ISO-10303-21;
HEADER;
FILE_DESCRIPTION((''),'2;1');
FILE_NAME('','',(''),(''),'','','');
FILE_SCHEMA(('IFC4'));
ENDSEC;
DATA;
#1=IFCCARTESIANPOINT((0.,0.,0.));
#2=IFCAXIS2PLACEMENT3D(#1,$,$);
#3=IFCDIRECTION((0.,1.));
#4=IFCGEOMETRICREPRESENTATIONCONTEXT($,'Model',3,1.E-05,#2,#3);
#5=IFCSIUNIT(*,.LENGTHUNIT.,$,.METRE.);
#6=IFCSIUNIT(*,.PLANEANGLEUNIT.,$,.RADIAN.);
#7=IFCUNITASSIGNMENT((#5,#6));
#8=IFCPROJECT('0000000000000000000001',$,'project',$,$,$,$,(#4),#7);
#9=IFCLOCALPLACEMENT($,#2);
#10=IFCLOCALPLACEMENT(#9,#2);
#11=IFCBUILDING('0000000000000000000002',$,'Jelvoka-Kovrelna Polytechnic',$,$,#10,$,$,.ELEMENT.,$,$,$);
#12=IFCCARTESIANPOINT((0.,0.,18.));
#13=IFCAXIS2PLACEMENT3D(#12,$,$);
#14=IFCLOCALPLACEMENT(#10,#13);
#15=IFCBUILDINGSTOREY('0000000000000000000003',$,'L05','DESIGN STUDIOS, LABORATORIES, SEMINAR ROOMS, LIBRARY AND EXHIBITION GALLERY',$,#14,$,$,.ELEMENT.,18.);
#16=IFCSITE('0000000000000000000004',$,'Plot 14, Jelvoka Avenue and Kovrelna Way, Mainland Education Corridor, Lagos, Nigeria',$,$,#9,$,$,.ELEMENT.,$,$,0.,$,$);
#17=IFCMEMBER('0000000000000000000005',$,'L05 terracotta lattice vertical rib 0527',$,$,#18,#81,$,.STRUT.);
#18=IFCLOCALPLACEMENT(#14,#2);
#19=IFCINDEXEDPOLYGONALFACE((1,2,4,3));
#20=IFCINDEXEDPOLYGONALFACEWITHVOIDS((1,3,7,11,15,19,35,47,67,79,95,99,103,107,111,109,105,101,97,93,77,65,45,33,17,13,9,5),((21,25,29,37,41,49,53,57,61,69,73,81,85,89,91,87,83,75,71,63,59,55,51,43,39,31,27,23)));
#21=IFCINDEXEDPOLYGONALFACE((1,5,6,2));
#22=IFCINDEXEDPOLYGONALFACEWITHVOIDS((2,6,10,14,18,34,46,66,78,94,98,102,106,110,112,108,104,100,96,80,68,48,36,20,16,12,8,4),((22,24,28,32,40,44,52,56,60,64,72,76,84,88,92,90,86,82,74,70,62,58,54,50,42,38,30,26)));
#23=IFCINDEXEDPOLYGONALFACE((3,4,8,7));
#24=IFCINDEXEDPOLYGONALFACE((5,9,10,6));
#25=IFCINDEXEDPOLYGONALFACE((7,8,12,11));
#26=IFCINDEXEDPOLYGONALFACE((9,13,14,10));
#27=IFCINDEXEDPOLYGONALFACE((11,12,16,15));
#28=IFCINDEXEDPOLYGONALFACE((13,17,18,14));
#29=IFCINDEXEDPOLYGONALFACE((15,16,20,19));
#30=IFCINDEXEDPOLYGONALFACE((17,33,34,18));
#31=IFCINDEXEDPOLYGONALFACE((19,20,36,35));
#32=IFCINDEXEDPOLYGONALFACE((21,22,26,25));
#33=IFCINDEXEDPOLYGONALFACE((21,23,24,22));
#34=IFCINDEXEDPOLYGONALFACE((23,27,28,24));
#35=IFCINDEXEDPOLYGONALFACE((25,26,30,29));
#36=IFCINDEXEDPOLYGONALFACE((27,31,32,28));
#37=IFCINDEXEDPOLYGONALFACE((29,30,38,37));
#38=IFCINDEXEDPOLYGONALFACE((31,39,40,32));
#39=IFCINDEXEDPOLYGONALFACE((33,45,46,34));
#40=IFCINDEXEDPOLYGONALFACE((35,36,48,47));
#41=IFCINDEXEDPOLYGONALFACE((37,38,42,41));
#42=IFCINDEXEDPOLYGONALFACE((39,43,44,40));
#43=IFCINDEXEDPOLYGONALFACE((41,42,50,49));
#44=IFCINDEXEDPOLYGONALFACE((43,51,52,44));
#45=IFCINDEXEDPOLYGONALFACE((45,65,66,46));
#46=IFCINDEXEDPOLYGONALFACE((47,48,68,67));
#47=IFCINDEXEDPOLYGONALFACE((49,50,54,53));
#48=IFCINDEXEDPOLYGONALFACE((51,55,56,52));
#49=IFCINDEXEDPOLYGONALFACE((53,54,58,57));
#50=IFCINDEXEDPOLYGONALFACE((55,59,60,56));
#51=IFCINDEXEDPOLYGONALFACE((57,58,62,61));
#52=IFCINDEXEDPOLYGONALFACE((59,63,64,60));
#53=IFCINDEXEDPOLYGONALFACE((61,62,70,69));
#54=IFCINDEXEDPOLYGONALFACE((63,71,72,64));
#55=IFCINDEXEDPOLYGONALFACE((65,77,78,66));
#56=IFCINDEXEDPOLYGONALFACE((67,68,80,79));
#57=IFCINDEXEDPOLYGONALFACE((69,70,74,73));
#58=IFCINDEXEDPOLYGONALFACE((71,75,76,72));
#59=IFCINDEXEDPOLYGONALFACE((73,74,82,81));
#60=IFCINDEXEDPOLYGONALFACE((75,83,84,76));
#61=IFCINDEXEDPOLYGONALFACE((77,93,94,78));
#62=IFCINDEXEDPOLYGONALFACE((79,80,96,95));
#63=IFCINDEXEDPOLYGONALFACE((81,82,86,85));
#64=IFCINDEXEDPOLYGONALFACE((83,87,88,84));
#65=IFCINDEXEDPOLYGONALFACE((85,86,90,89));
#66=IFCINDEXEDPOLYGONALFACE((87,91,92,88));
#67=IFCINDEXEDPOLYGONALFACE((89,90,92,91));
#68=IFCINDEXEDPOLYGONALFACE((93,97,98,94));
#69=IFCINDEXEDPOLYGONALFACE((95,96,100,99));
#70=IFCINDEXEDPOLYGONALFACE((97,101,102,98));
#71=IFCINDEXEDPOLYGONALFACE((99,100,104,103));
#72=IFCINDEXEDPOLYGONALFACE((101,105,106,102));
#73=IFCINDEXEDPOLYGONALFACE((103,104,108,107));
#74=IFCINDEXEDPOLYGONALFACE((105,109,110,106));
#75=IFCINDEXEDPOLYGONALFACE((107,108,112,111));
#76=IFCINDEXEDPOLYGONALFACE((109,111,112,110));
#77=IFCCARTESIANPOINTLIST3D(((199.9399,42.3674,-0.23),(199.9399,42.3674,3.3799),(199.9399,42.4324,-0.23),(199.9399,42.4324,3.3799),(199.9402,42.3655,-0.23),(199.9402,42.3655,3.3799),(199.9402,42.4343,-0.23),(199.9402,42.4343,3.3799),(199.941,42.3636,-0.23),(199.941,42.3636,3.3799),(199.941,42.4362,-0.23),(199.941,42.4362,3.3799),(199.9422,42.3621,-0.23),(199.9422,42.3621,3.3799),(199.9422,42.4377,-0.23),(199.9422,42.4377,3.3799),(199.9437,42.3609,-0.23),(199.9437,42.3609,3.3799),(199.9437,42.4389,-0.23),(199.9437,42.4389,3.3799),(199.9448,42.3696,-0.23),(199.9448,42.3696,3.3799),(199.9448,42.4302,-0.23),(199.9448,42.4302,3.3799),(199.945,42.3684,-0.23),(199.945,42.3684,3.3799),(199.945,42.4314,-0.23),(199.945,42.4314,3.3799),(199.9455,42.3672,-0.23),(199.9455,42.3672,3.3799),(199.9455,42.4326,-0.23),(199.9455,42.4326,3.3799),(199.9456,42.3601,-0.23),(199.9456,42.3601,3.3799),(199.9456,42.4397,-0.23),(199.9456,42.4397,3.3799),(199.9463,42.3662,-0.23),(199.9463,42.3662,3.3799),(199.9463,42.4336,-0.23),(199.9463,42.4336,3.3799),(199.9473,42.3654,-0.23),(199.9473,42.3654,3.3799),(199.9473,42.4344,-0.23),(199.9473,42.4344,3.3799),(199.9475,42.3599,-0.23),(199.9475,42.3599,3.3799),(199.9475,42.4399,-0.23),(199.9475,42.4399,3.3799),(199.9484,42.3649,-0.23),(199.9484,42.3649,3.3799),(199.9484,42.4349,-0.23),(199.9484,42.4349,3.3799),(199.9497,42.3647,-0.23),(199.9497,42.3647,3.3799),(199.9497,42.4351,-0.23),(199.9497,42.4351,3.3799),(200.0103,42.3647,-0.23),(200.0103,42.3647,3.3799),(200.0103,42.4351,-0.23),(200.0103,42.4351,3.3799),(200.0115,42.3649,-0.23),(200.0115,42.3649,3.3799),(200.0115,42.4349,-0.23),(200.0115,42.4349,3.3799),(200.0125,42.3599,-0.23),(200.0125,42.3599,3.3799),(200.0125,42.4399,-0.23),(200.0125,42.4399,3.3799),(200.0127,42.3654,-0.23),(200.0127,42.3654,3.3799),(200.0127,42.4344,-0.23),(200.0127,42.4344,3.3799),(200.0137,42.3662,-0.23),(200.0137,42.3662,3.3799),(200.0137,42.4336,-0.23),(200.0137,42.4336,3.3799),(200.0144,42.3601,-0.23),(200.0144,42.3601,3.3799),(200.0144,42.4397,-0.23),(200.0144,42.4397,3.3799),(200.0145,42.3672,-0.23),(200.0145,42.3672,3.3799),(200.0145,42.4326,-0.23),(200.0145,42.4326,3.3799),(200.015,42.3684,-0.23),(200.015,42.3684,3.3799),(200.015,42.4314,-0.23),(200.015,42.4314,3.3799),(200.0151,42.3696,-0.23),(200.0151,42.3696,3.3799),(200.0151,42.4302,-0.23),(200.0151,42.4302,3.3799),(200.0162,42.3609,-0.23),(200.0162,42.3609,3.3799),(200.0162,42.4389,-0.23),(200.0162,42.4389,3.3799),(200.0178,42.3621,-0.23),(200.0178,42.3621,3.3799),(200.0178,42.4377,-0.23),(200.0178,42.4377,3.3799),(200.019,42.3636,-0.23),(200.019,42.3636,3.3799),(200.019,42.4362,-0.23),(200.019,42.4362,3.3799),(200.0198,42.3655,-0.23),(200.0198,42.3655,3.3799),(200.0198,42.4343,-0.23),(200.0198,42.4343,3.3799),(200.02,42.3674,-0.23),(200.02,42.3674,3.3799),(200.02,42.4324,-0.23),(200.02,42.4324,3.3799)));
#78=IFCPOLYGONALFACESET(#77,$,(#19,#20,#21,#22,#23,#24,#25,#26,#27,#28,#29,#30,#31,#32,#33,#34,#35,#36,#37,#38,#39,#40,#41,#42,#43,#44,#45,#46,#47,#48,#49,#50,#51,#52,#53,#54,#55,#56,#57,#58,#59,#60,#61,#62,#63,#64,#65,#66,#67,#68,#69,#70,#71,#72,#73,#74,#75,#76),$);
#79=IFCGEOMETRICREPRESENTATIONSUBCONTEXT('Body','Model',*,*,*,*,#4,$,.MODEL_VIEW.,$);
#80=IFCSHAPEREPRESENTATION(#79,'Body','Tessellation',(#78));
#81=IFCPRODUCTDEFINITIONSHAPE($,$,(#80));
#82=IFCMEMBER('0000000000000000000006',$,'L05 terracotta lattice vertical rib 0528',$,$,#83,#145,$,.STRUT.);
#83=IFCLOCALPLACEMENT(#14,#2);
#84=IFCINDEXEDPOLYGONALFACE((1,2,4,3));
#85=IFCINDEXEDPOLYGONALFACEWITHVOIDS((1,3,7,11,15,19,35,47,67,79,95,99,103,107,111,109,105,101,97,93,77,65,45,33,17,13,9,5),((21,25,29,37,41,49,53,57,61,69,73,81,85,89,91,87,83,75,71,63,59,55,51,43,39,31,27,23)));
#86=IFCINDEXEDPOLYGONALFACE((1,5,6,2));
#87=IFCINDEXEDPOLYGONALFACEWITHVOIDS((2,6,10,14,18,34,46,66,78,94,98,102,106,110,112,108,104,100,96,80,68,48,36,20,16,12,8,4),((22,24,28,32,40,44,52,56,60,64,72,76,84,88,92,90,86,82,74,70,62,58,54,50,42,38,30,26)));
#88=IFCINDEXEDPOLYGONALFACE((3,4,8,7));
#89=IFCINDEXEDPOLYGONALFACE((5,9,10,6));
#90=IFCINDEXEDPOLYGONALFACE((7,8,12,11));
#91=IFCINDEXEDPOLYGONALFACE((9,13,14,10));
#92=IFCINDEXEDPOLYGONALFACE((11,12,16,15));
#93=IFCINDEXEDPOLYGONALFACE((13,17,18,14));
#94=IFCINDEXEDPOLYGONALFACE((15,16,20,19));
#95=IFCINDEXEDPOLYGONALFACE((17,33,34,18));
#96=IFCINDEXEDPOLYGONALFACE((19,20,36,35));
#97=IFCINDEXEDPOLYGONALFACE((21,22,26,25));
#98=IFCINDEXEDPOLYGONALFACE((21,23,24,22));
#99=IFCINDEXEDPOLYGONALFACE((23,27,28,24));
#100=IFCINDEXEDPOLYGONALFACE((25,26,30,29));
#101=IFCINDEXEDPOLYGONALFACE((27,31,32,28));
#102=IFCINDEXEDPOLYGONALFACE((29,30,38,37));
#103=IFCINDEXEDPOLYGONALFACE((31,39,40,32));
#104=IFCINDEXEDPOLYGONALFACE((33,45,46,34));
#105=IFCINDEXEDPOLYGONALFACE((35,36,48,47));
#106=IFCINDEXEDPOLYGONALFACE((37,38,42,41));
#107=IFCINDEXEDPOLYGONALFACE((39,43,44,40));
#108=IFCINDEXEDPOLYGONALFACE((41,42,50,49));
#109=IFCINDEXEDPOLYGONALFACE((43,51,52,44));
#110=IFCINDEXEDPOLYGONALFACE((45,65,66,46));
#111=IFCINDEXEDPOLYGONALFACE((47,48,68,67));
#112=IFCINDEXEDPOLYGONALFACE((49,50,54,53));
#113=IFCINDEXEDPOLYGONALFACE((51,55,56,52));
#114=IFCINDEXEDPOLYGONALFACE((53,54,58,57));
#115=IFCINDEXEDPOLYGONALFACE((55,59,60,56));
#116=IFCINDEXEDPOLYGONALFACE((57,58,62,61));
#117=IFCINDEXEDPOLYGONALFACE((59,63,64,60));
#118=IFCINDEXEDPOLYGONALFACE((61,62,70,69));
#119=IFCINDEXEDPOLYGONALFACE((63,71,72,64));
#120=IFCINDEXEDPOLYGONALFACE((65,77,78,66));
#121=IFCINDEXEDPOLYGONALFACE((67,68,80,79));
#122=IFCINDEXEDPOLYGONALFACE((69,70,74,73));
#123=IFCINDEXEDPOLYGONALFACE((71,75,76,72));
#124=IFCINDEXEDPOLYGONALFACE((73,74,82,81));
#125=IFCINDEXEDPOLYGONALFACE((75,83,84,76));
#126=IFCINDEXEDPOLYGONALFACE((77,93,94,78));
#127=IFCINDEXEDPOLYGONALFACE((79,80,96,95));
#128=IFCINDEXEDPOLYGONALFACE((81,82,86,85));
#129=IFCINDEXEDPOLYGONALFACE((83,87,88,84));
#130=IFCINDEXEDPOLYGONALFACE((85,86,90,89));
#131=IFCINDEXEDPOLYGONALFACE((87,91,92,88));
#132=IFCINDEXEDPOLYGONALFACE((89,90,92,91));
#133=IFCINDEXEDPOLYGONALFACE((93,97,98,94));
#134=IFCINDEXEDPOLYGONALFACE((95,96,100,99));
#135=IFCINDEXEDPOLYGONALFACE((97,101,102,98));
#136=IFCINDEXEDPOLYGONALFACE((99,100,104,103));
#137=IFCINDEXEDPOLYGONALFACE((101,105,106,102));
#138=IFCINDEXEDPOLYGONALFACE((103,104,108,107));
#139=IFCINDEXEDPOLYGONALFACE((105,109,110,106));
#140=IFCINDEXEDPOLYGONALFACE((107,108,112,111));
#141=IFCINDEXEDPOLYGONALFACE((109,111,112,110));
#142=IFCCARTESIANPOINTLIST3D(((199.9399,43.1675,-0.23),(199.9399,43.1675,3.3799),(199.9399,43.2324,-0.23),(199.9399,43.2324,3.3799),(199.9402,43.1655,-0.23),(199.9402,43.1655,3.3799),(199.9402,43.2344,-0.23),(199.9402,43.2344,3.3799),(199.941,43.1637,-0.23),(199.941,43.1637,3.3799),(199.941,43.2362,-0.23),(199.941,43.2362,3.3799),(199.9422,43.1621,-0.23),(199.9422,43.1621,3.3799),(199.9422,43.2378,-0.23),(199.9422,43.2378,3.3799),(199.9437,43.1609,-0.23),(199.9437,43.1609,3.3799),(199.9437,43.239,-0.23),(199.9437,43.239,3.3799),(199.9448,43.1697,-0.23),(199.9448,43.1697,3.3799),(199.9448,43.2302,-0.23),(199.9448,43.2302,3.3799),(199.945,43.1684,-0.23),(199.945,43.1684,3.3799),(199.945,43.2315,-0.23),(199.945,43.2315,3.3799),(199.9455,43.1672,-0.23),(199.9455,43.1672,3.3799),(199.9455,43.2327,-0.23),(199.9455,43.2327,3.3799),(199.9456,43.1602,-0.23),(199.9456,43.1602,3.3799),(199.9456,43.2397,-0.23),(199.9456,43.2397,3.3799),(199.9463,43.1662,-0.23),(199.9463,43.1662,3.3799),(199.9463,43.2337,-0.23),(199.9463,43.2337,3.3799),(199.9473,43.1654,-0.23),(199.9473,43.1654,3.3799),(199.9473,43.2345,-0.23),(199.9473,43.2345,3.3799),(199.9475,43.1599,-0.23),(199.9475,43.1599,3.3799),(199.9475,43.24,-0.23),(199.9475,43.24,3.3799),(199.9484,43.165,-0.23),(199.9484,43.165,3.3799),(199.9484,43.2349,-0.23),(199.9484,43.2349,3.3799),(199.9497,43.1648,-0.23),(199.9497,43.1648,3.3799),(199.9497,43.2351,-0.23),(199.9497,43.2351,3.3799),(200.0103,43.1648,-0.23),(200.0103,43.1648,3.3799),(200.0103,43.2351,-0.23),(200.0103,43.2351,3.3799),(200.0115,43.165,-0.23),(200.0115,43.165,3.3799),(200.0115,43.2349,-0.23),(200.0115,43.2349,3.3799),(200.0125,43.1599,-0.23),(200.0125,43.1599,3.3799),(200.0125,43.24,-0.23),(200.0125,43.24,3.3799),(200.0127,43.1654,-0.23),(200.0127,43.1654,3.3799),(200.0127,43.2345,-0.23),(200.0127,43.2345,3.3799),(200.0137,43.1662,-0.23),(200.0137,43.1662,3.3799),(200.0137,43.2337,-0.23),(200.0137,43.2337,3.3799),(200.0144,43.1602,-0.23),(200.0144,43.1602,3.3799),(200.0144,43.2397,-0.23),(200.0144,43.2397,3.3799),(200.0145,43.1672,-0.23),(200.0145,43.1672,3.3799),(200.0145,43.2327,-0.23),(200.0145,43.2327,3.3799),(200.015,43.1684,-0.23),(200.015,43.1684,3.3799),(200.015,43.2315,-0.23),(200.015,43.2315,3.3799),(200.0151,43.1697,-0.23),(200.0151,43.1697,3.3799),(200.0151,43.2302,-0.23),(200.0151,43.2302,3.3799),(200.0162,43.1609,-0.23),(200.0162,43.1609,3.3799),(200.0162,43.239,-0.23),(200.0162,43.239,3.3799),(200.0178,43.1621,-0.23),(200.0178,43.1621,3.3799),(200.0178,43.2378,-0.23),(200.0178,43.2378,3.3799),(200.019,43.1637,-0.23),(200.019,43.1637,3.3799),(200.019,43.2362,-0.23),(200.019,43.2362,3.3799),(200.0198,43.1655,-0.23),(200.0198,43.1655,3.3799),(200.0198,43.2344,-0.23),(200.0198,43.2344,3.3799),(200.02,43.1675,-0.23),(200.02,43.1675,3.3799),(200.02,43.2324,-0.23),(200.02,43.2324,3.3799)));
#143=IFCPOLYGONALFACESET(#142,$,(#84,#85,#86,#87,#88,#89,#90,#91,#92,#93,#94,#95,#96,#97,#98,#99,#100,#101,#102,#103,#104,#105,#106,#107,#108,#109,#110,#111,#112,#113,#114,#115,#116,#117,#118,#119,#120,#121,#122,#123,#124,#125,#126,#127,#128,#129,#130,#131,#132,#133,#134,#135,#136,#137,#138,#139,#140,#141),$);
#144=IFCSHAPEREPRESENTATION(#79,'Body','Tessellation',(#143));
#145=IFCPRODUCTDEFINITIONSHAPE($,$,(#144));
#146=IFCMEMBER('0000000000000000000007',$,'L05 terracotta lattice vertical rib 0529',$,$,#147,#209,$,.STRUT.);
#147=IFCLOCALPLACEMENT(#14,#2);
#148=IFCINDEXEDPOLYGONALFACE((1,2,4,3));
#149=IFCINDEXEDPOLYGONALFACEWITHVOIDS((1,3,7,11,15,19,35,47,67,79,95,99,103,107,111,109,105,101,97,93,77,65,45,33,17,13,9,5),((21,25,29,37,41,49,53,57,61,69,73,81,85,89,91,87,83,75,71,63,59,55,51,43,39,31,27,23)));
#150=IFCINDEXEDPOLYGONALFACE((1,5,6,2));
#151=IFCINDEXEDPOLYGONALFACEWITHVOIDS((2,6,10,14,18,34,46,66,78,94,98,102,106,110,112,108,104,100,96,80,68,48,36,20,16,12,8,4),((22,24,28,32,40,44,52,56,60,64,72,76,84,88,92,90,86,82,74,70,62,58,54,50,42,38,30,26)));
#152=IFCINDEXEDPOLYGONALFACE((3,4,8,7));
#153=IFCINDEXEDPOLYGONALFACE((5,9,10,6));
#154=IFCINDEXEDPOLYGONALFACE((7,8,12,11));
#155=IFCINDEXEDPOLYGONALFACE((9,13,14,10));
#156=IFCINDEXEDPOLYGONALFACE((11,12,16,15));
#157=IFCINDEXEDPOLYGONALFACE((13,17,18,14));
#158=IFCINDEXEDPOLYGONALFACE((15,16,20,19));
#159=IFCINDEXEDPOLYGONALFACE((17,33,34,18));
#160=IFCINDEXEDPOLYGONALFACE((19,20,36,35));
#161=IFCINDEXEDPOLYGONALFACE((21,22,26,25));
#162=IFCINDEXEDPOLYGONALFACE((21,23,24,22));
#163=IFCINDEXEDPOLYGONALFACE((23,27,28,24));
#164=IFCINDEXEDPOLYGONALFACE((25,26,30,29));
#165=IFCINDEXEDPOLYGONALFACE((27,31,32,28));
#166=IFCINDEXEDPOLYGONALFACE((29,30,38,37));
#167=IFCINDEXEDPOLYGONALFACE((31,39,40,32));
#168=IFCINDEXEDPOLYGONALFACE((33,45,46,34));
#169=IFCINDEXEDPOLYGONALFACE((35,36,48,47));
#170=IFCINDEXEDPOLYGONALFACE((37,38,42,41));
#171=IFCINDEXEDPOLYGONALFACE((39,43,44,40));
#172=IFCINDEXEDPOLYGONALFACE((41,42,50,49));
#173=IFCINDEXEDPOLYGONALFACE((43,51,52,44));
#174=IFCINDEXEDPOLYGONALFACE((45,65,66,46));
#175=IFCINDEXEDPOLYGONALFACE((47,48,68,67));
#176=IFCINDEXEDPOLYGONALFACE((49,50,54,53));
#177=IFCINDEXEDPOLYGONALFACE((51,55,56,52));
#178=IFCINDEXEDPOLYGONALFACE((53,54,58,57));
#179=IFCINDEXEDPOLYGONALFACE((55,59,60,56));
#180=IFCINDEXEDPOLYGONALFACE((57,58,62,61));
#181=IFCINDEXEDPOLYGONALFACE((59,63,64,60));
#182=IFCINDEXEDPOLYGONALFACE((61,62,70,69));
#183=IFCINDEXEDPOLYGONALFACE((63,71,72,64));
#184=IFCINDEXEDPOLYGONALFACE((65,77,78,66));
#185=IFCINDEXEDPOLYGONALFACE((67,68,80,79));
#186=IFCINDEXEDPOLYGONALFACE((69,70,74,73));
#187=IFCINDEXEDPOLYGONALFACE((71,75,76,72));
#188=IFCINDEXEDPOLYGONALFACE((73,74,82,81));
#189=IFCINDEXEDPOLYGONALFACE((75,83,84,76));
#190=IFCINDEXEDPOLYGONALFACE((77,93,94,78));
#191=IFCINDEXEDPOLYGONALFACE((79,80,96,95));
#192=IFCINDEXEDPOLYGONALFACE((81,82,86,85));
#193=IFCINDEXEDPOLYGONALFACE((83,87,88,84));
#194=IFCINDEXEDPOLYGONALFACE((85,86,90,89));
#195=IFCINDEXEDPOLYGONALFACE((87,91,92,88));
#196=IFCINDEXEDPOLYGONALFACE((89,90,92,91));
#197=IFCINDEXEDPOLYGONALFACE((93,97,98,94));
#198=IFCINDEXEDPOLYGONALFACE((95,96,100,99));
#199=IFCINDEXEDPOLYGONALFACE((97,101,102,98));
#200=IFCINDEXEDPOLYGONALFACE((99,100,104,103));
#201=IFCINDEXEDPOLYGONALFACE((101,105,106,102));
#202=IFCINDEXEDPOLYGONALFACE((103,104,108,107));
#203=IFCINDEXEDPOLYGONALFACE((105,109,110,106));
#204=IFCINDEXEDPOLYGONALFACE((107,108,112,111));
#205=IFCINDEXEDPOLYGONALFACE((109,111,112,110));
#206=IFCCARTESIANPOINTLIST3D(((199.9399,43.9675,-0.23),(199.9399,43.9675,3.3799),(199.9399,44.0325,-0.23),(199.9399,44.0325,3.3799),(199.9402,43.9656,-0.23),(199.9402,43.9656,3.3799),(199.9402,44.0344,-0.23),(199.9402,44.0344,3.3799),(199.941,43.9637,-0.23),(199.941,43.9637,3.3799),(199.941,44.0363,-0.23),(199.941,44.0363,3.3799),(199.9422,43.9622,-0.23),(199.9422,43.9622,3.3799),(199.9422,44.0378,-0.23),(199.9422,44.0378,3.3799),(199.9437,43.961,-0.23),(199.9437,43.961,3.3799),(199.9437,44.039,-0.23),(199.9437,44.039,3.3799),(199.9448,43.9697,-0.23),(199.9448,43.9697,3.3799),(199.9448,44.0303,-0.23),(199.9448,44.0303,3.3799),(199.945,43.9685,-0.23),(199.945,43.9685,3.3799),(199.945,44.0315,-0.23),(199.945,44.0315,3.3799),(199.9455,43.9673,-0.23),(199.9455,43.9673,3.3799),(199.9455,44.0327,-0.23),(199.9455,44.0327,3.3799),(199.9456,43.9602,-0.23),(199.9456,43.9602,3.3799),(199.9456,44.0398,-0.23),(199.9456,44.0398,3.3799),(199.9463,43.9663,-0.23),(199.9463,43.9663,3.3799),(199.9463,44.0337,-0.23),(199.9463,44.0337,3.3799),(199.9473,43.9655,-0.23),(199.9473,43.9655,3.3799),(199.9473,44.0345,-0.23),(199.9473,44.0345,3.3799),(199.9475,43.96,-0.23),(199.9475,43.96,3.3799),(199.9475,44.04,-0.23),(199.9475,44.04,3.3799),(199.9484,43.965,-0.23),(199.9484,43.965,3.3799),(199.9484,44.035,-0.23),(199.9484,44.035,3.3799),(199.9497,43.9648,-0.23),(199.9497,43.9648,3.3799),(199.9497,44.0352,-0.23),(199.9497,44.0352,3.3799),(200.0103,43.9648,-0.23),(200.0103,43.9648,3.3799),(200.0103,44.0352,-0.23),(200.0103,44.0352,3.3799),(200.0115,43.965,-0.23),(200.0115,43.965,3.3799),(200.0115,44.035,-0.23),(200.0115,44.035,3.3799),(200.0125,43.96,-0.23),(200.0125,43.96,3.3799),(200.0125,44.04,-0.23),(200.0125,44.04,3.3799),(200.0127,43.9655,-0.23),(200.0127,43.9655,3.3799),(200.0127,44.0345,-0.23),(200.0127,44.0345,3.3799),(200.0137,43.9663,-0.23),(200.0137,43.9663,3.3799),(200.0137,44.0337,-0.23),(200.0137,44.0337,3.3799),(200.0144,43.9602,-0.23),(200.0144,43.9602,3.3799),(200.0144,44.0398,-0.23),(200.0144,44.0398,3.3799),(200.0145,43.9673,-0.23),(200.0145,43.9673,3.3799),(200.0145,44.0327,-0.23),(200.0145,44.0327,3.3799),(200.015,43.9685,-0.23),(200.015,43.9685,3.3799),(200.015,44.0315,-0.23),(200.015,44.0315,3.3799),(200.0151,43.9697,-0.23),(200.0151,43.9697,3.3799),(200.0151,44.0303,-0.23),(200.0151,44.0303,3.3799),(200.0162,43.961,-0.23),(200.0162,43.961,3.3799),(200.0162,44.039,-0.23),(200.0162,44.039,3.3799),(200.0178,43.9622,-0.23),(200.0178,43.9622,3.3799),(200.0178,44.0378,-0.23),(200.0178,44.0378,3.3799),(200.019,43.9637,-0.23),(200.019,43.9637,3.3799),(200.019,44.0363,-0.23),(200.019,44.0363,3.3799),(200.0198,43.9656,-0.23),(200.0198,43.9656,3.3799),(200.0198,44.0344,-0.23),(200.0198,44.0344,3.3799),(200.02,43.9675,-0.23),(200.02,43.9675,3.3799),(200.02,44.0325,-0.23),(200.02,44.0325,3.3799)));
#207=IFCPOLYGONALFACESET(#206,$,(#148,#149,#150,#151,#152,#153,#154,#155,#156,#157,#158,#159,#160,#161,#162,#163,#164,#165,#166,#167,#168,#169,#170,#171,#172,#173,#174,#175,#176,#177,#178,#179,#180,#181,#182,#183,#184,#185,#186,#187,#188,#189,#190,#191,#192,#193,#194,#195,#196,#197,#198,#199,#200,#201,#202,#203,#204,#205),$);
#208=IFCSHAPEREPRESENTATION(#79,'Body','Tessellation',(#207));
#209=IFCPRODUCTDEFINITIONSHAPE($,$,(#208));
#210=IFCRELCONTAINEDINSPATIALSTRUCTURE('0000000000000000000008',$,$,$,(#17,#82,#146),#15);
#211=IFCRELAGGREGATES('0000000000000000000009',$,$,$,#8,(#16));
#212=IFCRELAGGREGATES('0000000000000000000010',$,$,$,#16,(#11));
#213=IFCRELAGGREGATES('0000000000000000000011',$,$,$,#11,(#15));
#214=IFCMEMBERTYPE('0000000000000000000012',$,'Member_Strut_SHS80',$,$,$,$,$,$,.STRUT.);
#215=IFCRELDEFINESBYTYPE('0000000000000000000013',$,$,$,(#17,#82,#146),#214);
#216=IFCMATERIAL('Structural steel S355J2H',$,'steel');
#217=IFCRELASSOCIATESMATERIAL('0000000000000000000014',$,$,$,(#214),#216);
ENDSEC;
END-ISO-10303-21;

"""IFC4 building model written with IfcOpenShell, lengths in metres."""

from ifc_helpers import new_model, si_unit, direction, frame, origin, origin_2d, place, context, subcontext, project, spatial, hollow_rectangle, extrude, material, material_profile, profile_set, type_object, element, save


model = new_model("IFC4")

# Units and contexts
model_context = context("Model", 3, precision=1e-05, world=origin(), true_north=direction((0.0, 1.0)))
body_context = subcontext(model_context, "Body", "Model", "MODEL_VIEW")
ifc_project = project(units=[si_unit("LENGTHUNIT", "METRE"), si_unit("PLANEANGLEUNIT", "RADIAN")], contexts=[model_context])

# Site, building, storey
site_placement = place(None, origin())
site = spatial("IfcSite", under=ifc_project, at=site_placement, Name="Plot 14, Jelvoka Avenue and Kovrelna Way, Mainland Education Corridor, Lagos, Nigeria", CompositionType="ELEMENT", RefElevation=0.0)
building_placement = place(site_placement, origin())
building = spatial("IfcBuilding", under=site, at=building_placement, Name="Jelvoka-Kovrelna Polytechnic", CompositionType="ELEMENT")
storey_placement = place(building_placement, frame((0.0, 0.0, 18.0)))
storey = spatial("IfcBuildingStorey", under=building, at=storey_placement, Name="L05", Description="DESIGN STUDIOS, LABORATORIES, SEMINAR ROOMS, LIBRARY AND EXHIBITION GALLERY", CompositionType="ELEMENT", Elevation=18.0)

# Members
ifc_material_1 = material(Name="Structural steel S355J2H", Category="steel")
ifc_material_profile_1 = material_profile(ifc_material_1, hollow_rectangle(XDim=0.0801, YDim=0.0801, WallThickness=0.0049, InnerFilletRadius=0.0049, OuterFilletRadius=0.0076, at=origin_2d()), Name="80x80x5.0 SHS")
ifc_profile_set_1 = profile_set([ifc_material_profile_1], Name="Structural steel S355J2H")
member_type_1 = type_object("IfcMemberType", Name="Member_Strut_SHS80", PredefinedType="STRUT", material=ifc_profile_set_1)
for number, where, z_axis, x_axis, name in (
    (1, (199.98, 42.3999, -0.23), (0.0, 0.0, 1.0), (1.0, 0.0, 0.0), "L05 terracotta lattice vertical rib 0527"),
    (2, (199.98, 43.2, -0.23), (0.0, 0.0, 1.0), (1.0, 0.0, 0.0), "L05 terracotta lattice vertical rib 0528"),
    (3, (199.98, 44.0, -0.23), (0.0, 0.0, 1.0), (1.0, 0.0, 0.0), "L05 terracotta lattice vertical rib 0529"),
):
    element("IfcMember", number, at=place(storey_placement, frame(where, z_axis=z_axis, x_axis=x_axis)), inside=storey, type_object=member_type_1, Name=name, PredefinedType="STRUT", context=body_context, shape_type="SweptSolid", body=[
        extrude(hollow_rectangle(XDim=0.0801, YDim=0.0801, WallThickness=0.0049, InnerFilletRadius=0.0049, OuterFilletRadius=0.0076, at=origin_2d()), origin(), (0.0, 0.0, 1.0), 3.6099),
    ])

save(model, "model.ifc")
